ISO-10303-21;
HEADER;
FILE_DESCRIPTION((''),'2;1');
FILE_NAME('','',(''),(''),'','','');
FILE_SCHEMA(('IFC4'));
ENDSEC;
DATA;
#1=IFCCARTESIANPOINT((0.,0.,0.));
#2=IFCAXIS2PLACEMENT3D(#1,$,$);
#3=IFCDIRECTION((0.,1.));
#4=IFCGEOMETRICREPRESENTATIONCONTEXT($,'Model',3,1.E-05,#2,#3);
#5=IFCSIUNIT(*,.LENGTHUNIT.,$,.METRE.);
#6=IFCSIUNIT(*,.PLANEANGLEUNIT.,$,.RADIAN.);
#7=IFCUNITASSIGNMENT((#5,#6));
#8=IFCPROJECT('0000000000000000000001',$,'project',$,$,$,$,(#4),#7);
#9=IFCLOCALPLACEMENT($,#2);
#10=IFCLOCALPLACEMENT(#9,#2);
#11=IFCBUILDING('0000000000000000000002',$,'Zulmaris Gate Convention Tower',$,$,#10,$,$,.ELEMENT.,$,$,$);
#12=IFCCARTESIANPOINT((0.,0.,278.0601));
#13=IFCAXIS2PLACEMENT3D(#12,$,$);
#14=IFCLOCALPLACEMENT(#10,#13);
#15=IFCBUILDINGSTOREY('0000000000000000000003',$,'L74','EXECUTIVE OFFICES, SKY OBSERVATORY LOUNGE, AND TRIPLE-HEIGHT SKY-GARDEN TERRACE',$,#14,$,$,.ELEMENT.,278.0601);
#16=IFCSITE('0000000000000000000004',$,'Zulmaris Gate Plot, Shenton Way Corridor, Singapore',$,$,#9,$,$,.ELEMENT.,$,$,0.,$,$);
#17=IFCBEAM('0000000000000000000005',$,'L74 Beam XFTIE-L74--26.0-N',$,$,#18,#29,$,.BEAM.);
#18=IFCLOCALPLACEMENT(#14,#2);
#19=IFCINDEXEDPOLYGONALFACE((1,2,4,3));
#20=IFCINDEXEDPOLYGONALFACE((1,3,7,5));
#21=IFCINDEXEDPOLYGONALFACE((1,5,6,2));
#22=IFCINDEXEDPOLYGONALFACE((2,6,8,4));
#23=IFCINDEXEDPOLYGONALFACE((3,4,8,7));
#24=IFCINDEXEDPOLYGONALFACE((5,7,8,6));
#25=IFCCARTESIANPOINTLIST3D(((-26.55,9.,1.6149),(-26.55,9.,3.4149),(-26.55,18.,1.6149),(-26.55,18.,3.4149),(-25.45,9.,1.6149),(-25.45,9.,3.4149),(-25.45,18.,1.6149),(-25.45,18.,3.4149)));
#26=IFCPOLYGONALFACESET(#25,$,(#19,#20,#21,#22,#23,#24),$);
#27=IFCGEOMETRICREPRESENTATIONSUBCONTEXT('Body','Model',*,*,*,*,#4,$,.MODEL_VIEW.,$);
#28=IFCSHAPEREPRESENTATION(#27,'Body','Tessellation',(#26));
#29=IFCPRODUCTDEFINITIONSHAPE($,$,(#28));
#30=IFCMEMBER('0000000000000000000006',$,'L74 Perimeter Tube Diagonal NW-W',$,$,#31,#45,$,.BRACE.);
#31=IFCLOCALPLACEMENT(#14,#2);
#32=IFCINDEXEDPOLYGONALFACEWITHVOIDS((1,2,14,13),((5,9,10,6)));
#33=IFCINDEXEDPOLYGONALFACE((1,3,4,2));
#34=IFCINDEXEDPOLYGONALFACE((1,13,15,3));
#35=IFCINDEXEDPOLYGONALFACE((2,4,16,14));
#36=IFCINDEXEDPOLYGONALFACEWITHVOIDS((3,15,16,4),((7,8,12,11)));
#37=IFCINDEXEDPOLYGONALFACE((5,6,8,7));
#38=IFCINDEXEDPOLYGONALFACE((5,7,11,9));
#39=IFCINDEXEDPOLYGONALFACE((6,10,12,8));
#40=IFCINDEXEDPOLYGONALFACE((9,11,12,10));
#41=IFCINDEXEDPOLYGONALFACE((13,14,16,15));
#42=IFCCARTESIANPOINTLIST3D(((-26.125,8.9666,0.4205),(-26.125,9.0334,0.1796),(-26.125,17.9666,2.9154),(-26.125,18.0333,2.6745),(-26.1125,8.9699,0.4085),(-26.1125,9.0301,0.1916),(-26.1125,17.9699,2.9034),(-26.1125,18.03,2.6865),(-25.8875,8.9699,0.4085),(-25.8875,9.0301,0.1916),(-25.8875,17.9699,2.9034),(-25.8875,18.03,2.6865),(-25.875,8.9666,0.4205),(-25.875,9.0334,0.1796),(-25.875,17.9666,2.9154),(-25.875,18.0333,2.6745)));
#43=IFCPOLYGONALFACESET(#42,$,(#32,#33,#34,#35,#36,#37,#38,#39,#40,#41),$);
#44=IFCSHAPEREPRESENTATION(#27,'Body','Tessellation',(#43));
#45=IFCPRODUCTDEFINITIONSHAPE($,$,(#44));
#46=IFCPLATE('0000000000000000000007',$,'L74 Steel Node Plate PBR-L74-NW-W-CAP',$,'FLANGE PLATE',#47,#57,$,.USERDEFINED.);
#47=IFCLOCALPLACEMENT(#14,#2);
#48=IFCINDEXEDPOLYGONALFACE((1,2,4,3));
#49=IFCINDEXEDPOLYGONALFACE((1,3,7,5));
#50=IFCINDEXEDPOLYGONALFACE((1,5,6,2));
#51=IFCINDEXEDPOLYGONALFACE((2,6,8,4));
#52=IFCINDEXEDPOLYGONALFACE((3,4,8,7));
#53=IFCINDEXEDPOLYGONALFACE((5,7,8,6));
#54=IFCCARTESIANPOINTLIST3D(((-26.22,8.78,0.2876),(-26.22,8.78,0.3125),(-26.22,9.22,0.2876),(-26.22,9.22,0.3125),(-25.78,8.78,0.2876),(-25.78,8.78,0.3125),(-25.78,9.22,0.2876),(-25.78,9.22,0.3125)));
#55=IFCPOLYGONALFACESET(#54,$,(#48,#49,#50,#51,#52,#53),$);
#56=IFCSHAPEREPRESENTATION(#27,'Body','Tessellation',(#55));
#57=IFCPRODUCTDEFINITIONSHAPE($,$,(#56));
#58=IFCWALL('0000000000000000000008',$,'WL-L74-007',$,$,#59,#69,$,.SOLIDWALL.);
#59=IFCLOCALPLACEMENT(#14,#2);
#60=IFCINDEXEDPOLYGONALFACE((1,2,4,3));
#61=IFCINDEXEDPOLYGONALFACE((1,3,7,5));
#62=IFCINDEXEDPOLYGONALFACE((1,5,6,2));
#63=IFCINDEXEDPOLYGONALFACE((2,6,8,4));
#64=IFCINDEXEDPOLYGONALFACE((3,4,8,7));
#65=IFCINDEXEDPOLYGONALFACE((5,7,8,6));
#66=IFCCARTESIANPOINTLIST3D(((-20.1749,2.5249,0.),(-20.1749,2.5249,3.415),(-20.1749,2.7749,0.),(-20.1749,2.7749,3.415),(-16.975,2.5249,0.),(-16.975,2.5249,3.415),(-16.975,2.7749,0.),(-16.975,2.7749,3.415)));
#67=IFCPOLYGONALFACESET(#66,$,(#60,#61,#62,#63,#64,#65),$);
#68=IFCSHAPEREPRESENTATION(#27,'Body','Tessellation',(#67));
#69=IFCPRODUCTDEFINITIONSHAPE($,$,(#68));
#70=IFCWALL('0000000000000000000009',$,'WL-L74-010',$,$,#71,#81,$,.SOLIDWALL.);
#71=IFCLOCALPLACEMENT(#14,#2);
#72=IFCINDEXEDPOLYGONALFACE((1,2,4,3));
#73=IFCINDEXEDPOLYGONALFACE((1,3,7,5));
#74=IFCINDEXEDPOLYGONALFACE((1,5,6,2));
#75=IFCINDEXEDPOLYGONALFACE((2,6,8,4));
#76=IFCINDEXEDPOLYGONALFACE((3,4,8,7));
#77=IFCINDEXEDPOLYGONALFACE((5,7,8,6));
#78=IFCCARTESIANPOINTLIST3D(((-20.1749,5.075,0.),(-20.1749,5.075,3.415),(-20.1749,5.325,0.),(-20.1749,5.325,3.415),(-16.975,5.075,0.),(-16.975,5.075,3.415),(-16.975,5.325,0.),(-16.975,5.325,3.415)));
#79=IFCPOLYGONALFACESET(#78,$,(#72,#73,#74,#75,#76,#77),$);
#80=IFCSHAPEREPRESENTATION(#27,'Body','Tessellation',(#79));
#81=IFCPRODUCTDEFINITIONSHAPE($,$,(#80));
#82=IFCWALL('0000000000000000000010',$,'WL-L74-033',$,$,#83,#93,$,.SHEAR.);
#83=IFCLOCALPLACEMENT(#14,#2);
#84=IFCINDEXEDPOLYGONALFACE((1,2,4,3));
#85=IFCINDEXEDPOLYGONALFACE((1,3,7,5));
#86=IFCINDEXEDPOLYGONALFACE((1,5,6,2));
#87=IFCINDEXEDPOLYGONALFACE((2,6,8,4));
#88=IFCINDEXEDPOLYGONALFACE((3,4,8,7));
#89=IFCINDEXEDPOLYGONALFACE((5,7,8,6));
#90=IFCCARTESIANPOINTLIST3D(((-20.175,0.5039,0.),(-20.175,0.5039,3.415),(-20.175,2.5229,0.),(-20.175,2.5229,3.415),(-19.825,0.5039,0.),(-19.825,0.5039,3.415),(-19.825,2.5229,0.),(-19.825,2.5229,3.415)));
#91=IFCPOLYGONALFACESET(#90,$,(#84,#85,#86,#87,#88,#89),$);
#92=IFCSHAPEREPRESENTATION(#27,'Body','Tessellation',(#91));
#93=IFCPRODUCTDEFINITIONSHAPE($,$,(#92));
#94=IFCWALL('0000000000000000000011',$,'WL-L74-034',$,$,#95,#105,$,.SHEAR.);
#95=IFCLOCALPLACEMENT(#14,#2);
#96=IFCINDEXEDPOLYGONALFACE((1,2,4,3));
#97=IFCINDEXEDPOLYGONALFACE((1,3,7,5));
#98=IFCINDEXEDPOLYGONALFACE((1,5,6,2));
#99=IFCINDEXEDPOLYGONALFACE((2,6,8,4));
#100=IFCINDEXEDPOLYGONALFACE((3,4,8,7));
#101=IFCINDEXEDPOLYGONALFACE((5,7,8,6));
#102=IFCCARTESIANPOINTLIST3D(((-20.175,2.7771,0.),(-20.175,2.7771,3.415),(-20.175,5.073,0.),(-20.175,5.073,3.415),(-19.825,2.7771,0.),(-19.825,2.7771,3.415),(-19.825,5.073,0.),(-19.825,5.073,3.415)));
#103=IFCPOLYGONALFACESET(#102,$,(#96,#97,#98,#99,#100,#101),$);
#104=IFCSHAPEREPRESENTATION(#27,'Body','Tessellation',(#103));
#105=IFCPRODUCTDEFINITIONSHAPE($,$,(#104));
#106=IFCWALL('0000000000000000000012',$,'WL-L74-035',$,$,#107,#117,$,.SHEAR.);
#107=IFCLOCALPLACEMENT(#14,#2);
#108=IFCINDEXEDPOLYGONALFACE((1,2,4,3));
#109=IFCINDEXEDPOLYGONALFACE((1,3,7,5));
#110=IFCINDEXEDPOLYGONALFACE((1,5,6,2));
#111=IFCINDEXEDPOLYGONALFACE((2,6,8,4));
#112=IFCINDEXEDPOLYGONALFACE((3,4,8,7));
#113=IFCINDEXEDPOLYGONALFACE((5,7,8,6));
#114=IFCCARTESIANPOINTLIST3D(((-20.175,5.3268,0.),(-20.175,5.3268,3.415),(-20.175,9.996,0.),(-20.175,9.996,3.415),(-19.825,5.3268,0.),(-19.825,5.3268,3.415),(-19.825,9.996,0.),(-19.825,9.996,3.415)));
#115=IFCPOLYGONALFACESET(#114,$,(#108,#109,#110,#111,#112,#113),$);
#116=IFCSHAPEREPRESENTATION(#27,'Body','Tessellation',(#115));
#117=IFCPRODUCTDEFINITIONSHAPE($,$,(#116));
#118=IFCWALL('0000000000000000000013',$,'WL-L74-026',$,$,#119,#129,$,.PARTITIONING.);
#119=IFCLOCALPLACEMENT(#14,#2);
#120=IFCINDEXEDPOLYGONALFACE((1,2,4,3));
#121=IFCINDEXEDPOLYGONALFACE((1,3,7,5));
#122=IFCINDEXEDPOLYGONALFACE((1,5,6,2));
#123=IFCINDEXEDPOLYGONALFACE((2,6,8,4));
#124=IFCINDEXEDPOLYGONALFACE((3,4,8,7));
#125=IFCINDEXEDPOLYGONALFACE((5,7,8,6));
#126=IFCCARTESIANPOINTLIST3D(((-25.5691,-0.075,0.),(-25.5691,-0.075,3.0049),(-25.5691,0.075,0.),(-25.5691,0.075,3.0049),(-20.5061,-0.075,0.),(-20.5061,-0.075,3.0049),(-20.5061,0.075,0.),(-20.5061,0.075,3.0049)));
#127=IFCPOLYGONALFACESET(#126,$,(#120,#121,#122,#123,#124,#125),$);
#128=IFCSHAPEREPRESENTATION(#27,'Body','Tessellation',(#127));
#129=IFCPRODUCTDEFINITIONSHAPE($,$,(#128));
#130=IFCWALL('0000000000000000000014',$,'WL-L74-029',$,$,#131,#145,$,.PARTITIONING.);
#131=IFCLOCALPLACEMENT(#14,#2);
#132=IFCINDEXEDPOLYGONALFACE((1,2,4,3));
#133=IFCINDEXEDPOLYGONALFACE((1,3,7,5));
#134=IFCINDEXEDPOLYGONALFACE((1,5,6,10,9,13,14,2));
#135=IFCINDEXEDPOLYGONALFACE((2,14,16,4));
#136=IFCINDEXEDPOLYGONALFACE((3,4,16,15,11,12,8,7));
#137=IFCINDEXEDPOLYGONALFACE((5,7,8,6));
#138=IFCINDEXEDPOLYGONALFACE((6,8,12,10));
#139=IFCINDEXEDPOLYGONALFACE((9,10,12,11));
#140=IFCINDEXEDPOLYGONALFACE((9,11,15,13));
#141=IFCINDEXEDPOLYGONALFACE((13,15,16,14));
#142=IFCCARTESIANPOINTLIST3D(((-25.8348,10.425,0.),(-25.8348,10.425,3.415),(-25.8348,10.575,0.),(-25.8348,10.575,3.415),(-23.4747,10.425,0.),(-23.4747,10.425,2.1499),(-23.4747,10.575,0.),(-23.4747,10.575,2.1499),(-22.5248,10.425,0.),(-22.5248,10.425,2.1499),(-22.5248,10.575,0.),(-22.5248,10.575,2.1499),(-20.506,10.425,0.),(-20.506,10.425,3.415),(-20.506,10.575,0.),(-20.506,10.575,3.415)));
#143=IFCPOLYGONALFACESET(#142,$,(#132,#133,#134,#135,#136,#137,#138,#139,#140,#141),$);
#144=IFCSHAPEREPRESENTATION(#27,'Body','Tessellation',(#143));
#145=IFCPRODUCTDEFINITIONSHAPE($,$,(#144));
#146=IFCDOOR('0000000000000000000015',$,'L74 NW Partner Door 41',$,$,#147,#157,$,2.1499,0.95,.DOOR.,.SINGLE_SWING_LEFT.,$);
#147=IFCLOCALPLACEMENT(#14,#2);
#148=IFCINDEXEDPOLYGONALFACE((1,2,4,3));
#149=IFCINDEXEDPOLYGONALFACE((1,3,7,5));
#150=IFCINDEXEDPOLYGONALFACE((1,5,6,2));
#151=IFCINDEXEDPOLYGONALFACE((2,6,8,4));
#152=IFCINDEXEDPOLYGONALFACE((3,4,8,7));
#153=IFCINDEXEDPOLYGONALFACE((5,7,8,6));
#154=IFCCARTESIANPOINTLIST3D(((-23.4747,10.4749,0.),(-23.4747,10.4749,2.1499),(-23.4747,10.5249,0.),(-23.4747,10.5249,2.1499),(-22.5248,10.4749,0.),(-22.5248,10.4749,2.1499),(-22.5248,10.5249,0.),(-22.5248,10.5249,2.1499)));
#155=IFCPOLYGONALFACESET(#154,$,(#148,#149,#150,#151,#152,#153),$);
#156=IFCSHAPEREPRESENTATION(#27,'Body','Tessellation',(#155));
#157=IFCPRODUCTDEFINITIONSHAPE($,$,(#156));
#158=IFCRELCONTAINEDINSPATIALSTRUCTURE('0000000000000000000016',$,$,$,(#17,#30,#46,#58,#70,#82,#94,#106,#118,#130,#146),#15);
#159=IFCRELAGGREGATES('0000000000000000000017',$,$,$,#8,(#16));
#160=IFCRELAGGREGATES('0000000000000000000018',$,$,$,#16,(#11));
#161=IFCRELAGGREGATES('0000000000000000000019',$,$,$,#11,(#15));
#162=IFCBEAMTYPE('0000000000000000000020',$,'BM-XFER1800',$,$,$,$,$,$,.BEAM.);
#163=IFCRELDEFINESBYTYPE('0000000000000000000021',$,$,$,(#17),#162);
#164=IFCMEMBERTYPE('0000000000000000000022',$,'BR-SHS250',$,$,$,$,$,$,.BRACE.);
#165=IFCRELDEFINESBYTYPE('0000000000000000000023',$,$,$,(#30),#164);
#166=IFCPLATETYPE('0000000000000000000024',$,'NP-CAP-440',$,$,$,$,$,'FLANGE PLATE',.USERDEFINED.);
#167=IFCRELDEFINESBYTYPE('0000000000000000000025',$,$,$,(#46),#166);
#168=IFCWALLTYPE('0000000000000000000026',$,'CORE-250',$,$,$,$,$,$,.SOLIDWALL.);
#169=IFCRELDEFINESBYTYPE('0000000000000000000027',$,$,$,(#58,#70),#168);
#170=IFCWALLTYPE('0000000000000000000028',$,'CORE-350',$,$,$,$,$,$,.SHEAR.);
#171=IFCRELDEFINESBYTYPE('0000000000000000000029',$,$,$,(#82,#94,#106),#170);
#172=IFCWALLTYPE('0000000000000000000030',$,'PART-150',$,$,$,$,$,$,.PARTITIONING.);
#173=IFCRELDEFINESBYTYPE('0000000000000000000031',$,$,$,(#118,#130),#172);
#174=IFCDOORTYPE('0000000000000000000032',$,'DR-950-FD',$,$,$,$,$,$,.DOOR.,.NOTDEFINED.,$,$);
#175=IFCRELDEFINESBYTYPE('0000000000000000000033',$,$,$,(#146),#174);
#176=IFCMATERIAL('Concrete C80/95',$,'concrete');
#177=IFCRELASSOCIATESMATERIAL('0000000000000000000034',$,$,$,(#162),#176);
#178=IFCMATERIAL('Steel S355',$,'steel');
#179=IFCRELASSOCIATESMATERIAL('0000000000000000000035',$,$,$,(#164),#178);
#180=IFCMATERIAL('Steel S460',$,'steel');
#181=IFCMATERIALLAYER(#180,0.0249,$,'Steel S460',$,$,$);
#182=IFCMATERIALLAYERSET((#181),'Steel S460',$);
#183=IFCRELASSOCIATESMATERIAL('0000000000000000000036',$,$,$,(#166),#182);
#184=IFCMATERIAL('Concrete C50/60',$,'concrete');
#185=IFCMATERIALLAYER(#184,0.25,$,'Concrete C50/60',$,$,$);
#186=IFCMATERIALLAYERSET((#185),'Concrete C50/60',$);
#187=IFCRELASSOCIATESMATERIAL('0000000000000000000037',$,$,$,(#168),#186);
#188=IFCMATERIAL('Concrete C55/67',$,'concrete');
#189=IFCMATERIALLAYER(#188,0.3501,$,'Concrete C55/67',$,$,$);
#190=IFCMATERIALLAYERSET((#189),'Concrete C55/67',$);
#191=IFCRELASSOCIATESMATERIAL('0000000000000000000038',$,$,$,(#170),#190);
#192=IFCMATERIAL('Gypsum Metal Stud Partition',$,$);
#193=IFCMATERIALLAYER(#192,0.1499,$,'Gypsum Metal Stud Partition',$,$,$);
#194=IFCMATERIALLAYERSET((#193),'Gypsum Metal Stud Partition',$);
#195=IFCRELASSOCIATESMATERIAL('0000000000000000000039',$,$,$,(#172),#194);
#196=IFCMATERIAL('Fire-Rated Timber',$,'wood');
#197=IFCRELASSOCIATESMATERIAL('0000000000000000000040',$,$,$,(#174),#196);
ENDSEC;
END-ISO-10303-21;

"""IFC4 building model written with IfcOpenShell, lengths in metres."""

from ifc_helpers import new_model, si_unit, direction, frame, frame_2d, origin, origin_2d, place, context, subcontext, project, spatial, rectangle, hollow_rectangle, extrude, material, layer, layer_set, material_profile, profile_set, type_object, element, fill, save


model = new_model("IFC4")

# Units and contexts
model_context = context("Model", 3, precision=1e-05, world=origin(), true_north=direction((0.0, 1.0)))
body_context = subcontext(model_context, "Body", "Model", "MODEL_VIEW")
ifc_project = project(units=[si_unit("LENGTHUNIT", "METRE"), si_unit("PLANEANGLEUNIT", "RADIAN")], contexts=[model_context])

# Site, building, storey
site_placement = place(None, origin())
site = spatial("IfcSite", under=ifc_project, at=site_placement, Name="Zulmaris Gate Plot, Shenton Way Corridor, Singapore", CompositionType="ELEMENT", RefElevation=0.0)
building_placement = place(site_placement, origin())
building = spatial("IfcBuilding", under=site, at=building_placement, Name="Zulmaris Gate Convention Tower", CompositionType="ELEMENT")
storey_placement = place(building_placement, frame((0.0, 0.0, 278.0601)))
storey = spatial("IfcBuildingStorey", under=building, at=storey_placement, Name="L74", Description="EXECUTIVE OFFICES, SKY OBSERVATORY LOUNGE, AND TRIPLE-HEIGHT SKY-GARDEN TERRACE", CompositionType="ELEMENT", Elevation=278.0601)

# Beam
ifc_material_1 = material(Name="Steel S355", Category="steel")
ifc_material_2 = material(Name="Concrete C80/95", Category="concrete")
ifc_material_profile_1 = material_profile(ifc_material_2, rectangle(XDim=1.1001, YDim=1.8, at=origin_2d()), Name="RC TRANSFER 1100x1800")
ifc_profile_set_1 = profile_set([ifc_material_profile_1], Name="Concrete C80/95")
beam_type_1 = type_object("IfcBeamType", Name="BM-XFER1800", PredefinedType="BEAM", material=ifc_profile_set_1)
beam_1_placement = place(storey_placement, frame((-26.0, 9.0, 2.5149), z_axis=(0.0, 1.0, 0.0), x_axis=(-1.0, 0.0, 0.0)))
element("IfcBeam", 1, at=beam_1_placement, inside=storey, type_object=beam_type_1, Name="L74 Beam XFTIE-L74--26.0-N", PredefinedType="BEAM", context=body_context, shape_type="SweptSolid", body=[
    extrude(rectangle(XDim=1.1001, YDim=1.8, at=origin_2d()), origin(), (0.0, 0.0, 1.0), 9.0),
])

# Member
ifc_material_profile_2 = material_profile(ifc_material_1, hollow_rectangle(XDim=0.25, YDim=0.25, WallThickness=0.0125, at=origin_2d()), Name="SHS 250x250x12.5")
ifc_profile_set_2 = profile_set([ifc_material_profile_2], Name="Steel S355")
member_type = type_object("IfcMemberType", Name="BR-SHS250", PredefinedType="BRACE", material=ifc_profile_set_2)
member_placement = place(storey_placement, frame((-26.0, 9.0, 0.3), z_axis=(0.0, 0.963659, 0.267134), x_axis=(-1.0, 0.0, 0.0)))
element("IfcMember", 2, at=member_placement, inside=storey, type_object=member_type, Name="L74 Perimeter Tube Diagonal NW-W", PredefinedType="BRACE", context=body_context, shape_type="SweptSolid", body=[
    extrude(hollow_rectangle(XDim=0.25, YDim=0.25, WallThickness=0.0125, at=origin_2d()), origin(), (0.0, 0.0, 1.0), 9.3394),
])

# Plate
ifc_material_3 = material(Name="Steel S460", Category="steel")
ifc_layer_1 = layer(ifc_material_3, 0.0249, Name="Steel S460")
ifc_layer_set_1 = layer_set([ifc_layer_1], Name="Steel S460")
plate_type = type_object("IfcPlateType", Name="NP-CAP-440", ElementType="FLANGE PLATE", PredefinedType="USERDEFINED", material=ifc_layer_set_1)
plate_placement = place(storey_placement, frame((-26.0, 9.0, 0.2876), z_axis=(0.0, 0.0, 1.0), x_axis=(1.0, 0.0, 0.0)))
element("IfcPlate", 3, at=plate_placement, inside=storey, type_object=plate_type, Name="L74 Steel Node Plate PBR-L74-NW-W-CAP", ObjectType="FLANGE PLATE", PredefinedType="USERDEFINED", context=body_context, shape_type="SweptSolid", body=[
    extrude(rectangle(XDim=0.4399, YDim=0.4399, at=origin_2d()), origin(), (0.0, 0.0, 1.0), 0.0249),
])

# Walls
ifc_material_4 = material(Name="Concrete C50/60", Category="concrete")
ifc_layer_2 = layer(ifc_material_4, 0.25, Name="Concrete C50/60")
ifc_layer_set_2 = layer_set([ifc_layer_2], Name="Concrete C50/60")
wall_type_1 = type_object("IfcWallType", Name="CORE-250", PredefinedType="SOLIDWALL", material=ifc_layer_set_2)
for number, where, z_axis, x_axis, name in (
    (4, (-20.175, 2.6499, 0.0), (0.0, 0.0, 1.0), (1.0, 0.0, 0.0), "WL-L74-007"),
    (5, (-20.175, 5.2, 0.0), (0.0, 0.0, 1.0), (1.0, 0.0, 0.0), "WL-L74-010"),
):
    element("IfcWall", number, at=place(storey_placement, frame(where, z_axis=z_axis, x_axis=x_axis)), inside=storey, type_object=wall_type_1, Name=name, PredefinedType="SOLIDWALL", context=body_context, shape_type="SweptSolid", body=[
        extrude(rectangle(XDim=3.2, YDim=0.25, at=frame_2d((1.6001, 0.0))), origin(), (0.0, 0.0, 1.0), 3.415),
    ])
ifc_material_5 = material(Name="Concrete C55/67", Category="concrete")
ifc_layer_3 = layer(ifc_material_5, 0.3501, Name="Concrete C55/67")
ifc_layer_set_3 = layer_set([ifc_layer_3], Name="Concrete C55/67")
wall_type_2 = type_object("IfcWallType", Name="CORE-350", PredefinedType="SHEAR", material=ifc_layer_set_3)
wall_1_placement = place(storey_placement, frame((-20.0, 0.5039, 0.0), z_axis=(0.0, 0.0, 1.0), x_axis=(0.0, 1.0, 0.0)))
element("IfcWall", 6, at=wall_1_placement, inside=storey, type_object=wall_type_2, Name="WL-L74-033", PredefinedType="SHEAR", context=body_context, shape_type="SweptSolid", body=[
    extrude(rectangle(XDim=2.019, YDim=0.3501, at=frame_2d((1.0095, 0.0))), origin(), (0.0, 0.0, 1.0), 3.415),
])
wall_2_placement = place(storey_placement, frame((-20.0, 2.7771, 0.0), z_axis=(0.0, 0.0, 1.0), x_axis=(0.0, 1.0, 0.0)))
element("IfcWall", 7, at=wall_2_placement, inside=storey, type_object=wall_type_2, Name="WL-L74-034", PredefinedType="SHEAR", context=body_context, shape_type="SweptSolid", body=[
    extrude(rectangle(XDim=2.2959, YDim=0.3501, at=frame_2d((1.1479, 0.0))), origin(), (0.0, 0.0, 1.0), 3.415),
])
wall_3_placement = place(storey_placement, frame((-20.0, 5.3269, 0.0), z_axis=(0.0, 0.0, 1.0), x_axis=(0.0, 1.0, 0.0)))
element("IfcWall", 8, at=wall_3_placement, inside=storey, type_object=wall_type_2, Name="WL-L74-035", PredefinedType="SHEAR", context=body_context, shape_type="SweptSolid", body=[
    extrude(rectangle(XDim=4.6692, YDim=0.3501, at=frame_2d((2.3345, 0.0))), origin(), (0.0, 0.0, 1.0), 3.415),
])
ifc_material_6 = material(Name="Gypsum Metal Stud Partition")
ifc_layer_4 = layer(ifc_material_6, 0.1499, Name="Gypsum Metal Stud Partition")
ifc_layer_set_4 = layer_set([ifc_layer_4], Name="Gypsum Metal Stud Partition")
wall_type_3 = type_object("IfcWallType", Name="PART-150", PredefinedType="PARTITIONING", material=ifc_layer_set_4)
wall_4_placement = place(storey_placement, frame((-25.5691, 0.0, 0.0), z_axis=(0.0, 0.0, 1.0), x_axis=(1.0, 0.0, 0.0)))
element("IfcWall", 9, at=wall_4_placement, inside=storey, type_object=wall_type_3, Name="WL-L74-026", PredefinedType="PARTITIONING", context=body_context, shape_type="SweptSolid", body=[
    extrude(rectangle(XDim=5.063, YDim=0.1499, at=frame_2d((2.5315, 0.0))), origin(), (0.0, 0.0, 1.0), 3.0049),
])

# Wall, opening, door
wall_5_placement = place(storey_placement, frame((-25.835, 10.5, 0.0), z_axis=(0.0, 0.0, 1.0), x_axis=(1.0, 0.0, 0.0)))
wall_5 = element("IfcWall", 10, at=wall_5_placement, inside=storey, type_object=wall_type_3, Name="WL-L74-029", PredefinedType="PARTITIONING", context=body_context, shape_type="SweptSolid", body=[
    extrude(rectangle(XDim=5.3289, YDim=0.1499, at=frame_2d((2.6646, 0.0))), origin(), (0.0, 0.0, 1.0), 3.415),
])
opening_1_placement = place(wall_5_placement, frame((2.3601, 0.0, 0.0)))
opening_1 = element("IfcOpeningElement", 11, at=opening_1_placement, cuts=wall_5, PredefinedType="OPENING", context=body_context, shape_type="SweptSolid", body=[
    extrude(rectangle(XDim=0.95, YDim=2.1499, at=frame_2d((0.4751, 1.075))), frame((0.0, 0.085, 0.0), z_axis=(0.0, -1.0, 0.0), x_axis=(1.0, 0.0, 0.0)), (0.0, 0.0, 1.0), 0.1699),
])
ifc_material_7 = material(Name="Fire-Rated Timber", Category="wood")
door_type = type_object("IfcDoorType", Name="DR-950-FD", OperationType="NOTDEFINED", PredefinedType="DOOR", material=ifc_material_7)
door_placement = place(opening_1_placement, origin())
door = element("IfcDoor", 12, at=door_placement, inside=storey, type_object=door_type, Name="L74 NW Partner Door 41", OperationType="SINGLE_SWING_LEFT", OverallHeight=2.1499, OverallWidth=0.95, PredefinedType="DOOR", context=body_context, shape_type="SweptSolid", body=[
    extrude(rectangle(XDim=0.95, YDim=2.1499, at=frame_2d((0.4751, 1.075))), frame((0.0, 0.0249, 0.0), z_axis=(0.0, -1.0, 0.0), x_axis=(1.0, 0.0, 0.0)), (0.0, 0.0, 1.0), 0.05),
])
fill(opening_1, door)

save(model, "model.ifc")
